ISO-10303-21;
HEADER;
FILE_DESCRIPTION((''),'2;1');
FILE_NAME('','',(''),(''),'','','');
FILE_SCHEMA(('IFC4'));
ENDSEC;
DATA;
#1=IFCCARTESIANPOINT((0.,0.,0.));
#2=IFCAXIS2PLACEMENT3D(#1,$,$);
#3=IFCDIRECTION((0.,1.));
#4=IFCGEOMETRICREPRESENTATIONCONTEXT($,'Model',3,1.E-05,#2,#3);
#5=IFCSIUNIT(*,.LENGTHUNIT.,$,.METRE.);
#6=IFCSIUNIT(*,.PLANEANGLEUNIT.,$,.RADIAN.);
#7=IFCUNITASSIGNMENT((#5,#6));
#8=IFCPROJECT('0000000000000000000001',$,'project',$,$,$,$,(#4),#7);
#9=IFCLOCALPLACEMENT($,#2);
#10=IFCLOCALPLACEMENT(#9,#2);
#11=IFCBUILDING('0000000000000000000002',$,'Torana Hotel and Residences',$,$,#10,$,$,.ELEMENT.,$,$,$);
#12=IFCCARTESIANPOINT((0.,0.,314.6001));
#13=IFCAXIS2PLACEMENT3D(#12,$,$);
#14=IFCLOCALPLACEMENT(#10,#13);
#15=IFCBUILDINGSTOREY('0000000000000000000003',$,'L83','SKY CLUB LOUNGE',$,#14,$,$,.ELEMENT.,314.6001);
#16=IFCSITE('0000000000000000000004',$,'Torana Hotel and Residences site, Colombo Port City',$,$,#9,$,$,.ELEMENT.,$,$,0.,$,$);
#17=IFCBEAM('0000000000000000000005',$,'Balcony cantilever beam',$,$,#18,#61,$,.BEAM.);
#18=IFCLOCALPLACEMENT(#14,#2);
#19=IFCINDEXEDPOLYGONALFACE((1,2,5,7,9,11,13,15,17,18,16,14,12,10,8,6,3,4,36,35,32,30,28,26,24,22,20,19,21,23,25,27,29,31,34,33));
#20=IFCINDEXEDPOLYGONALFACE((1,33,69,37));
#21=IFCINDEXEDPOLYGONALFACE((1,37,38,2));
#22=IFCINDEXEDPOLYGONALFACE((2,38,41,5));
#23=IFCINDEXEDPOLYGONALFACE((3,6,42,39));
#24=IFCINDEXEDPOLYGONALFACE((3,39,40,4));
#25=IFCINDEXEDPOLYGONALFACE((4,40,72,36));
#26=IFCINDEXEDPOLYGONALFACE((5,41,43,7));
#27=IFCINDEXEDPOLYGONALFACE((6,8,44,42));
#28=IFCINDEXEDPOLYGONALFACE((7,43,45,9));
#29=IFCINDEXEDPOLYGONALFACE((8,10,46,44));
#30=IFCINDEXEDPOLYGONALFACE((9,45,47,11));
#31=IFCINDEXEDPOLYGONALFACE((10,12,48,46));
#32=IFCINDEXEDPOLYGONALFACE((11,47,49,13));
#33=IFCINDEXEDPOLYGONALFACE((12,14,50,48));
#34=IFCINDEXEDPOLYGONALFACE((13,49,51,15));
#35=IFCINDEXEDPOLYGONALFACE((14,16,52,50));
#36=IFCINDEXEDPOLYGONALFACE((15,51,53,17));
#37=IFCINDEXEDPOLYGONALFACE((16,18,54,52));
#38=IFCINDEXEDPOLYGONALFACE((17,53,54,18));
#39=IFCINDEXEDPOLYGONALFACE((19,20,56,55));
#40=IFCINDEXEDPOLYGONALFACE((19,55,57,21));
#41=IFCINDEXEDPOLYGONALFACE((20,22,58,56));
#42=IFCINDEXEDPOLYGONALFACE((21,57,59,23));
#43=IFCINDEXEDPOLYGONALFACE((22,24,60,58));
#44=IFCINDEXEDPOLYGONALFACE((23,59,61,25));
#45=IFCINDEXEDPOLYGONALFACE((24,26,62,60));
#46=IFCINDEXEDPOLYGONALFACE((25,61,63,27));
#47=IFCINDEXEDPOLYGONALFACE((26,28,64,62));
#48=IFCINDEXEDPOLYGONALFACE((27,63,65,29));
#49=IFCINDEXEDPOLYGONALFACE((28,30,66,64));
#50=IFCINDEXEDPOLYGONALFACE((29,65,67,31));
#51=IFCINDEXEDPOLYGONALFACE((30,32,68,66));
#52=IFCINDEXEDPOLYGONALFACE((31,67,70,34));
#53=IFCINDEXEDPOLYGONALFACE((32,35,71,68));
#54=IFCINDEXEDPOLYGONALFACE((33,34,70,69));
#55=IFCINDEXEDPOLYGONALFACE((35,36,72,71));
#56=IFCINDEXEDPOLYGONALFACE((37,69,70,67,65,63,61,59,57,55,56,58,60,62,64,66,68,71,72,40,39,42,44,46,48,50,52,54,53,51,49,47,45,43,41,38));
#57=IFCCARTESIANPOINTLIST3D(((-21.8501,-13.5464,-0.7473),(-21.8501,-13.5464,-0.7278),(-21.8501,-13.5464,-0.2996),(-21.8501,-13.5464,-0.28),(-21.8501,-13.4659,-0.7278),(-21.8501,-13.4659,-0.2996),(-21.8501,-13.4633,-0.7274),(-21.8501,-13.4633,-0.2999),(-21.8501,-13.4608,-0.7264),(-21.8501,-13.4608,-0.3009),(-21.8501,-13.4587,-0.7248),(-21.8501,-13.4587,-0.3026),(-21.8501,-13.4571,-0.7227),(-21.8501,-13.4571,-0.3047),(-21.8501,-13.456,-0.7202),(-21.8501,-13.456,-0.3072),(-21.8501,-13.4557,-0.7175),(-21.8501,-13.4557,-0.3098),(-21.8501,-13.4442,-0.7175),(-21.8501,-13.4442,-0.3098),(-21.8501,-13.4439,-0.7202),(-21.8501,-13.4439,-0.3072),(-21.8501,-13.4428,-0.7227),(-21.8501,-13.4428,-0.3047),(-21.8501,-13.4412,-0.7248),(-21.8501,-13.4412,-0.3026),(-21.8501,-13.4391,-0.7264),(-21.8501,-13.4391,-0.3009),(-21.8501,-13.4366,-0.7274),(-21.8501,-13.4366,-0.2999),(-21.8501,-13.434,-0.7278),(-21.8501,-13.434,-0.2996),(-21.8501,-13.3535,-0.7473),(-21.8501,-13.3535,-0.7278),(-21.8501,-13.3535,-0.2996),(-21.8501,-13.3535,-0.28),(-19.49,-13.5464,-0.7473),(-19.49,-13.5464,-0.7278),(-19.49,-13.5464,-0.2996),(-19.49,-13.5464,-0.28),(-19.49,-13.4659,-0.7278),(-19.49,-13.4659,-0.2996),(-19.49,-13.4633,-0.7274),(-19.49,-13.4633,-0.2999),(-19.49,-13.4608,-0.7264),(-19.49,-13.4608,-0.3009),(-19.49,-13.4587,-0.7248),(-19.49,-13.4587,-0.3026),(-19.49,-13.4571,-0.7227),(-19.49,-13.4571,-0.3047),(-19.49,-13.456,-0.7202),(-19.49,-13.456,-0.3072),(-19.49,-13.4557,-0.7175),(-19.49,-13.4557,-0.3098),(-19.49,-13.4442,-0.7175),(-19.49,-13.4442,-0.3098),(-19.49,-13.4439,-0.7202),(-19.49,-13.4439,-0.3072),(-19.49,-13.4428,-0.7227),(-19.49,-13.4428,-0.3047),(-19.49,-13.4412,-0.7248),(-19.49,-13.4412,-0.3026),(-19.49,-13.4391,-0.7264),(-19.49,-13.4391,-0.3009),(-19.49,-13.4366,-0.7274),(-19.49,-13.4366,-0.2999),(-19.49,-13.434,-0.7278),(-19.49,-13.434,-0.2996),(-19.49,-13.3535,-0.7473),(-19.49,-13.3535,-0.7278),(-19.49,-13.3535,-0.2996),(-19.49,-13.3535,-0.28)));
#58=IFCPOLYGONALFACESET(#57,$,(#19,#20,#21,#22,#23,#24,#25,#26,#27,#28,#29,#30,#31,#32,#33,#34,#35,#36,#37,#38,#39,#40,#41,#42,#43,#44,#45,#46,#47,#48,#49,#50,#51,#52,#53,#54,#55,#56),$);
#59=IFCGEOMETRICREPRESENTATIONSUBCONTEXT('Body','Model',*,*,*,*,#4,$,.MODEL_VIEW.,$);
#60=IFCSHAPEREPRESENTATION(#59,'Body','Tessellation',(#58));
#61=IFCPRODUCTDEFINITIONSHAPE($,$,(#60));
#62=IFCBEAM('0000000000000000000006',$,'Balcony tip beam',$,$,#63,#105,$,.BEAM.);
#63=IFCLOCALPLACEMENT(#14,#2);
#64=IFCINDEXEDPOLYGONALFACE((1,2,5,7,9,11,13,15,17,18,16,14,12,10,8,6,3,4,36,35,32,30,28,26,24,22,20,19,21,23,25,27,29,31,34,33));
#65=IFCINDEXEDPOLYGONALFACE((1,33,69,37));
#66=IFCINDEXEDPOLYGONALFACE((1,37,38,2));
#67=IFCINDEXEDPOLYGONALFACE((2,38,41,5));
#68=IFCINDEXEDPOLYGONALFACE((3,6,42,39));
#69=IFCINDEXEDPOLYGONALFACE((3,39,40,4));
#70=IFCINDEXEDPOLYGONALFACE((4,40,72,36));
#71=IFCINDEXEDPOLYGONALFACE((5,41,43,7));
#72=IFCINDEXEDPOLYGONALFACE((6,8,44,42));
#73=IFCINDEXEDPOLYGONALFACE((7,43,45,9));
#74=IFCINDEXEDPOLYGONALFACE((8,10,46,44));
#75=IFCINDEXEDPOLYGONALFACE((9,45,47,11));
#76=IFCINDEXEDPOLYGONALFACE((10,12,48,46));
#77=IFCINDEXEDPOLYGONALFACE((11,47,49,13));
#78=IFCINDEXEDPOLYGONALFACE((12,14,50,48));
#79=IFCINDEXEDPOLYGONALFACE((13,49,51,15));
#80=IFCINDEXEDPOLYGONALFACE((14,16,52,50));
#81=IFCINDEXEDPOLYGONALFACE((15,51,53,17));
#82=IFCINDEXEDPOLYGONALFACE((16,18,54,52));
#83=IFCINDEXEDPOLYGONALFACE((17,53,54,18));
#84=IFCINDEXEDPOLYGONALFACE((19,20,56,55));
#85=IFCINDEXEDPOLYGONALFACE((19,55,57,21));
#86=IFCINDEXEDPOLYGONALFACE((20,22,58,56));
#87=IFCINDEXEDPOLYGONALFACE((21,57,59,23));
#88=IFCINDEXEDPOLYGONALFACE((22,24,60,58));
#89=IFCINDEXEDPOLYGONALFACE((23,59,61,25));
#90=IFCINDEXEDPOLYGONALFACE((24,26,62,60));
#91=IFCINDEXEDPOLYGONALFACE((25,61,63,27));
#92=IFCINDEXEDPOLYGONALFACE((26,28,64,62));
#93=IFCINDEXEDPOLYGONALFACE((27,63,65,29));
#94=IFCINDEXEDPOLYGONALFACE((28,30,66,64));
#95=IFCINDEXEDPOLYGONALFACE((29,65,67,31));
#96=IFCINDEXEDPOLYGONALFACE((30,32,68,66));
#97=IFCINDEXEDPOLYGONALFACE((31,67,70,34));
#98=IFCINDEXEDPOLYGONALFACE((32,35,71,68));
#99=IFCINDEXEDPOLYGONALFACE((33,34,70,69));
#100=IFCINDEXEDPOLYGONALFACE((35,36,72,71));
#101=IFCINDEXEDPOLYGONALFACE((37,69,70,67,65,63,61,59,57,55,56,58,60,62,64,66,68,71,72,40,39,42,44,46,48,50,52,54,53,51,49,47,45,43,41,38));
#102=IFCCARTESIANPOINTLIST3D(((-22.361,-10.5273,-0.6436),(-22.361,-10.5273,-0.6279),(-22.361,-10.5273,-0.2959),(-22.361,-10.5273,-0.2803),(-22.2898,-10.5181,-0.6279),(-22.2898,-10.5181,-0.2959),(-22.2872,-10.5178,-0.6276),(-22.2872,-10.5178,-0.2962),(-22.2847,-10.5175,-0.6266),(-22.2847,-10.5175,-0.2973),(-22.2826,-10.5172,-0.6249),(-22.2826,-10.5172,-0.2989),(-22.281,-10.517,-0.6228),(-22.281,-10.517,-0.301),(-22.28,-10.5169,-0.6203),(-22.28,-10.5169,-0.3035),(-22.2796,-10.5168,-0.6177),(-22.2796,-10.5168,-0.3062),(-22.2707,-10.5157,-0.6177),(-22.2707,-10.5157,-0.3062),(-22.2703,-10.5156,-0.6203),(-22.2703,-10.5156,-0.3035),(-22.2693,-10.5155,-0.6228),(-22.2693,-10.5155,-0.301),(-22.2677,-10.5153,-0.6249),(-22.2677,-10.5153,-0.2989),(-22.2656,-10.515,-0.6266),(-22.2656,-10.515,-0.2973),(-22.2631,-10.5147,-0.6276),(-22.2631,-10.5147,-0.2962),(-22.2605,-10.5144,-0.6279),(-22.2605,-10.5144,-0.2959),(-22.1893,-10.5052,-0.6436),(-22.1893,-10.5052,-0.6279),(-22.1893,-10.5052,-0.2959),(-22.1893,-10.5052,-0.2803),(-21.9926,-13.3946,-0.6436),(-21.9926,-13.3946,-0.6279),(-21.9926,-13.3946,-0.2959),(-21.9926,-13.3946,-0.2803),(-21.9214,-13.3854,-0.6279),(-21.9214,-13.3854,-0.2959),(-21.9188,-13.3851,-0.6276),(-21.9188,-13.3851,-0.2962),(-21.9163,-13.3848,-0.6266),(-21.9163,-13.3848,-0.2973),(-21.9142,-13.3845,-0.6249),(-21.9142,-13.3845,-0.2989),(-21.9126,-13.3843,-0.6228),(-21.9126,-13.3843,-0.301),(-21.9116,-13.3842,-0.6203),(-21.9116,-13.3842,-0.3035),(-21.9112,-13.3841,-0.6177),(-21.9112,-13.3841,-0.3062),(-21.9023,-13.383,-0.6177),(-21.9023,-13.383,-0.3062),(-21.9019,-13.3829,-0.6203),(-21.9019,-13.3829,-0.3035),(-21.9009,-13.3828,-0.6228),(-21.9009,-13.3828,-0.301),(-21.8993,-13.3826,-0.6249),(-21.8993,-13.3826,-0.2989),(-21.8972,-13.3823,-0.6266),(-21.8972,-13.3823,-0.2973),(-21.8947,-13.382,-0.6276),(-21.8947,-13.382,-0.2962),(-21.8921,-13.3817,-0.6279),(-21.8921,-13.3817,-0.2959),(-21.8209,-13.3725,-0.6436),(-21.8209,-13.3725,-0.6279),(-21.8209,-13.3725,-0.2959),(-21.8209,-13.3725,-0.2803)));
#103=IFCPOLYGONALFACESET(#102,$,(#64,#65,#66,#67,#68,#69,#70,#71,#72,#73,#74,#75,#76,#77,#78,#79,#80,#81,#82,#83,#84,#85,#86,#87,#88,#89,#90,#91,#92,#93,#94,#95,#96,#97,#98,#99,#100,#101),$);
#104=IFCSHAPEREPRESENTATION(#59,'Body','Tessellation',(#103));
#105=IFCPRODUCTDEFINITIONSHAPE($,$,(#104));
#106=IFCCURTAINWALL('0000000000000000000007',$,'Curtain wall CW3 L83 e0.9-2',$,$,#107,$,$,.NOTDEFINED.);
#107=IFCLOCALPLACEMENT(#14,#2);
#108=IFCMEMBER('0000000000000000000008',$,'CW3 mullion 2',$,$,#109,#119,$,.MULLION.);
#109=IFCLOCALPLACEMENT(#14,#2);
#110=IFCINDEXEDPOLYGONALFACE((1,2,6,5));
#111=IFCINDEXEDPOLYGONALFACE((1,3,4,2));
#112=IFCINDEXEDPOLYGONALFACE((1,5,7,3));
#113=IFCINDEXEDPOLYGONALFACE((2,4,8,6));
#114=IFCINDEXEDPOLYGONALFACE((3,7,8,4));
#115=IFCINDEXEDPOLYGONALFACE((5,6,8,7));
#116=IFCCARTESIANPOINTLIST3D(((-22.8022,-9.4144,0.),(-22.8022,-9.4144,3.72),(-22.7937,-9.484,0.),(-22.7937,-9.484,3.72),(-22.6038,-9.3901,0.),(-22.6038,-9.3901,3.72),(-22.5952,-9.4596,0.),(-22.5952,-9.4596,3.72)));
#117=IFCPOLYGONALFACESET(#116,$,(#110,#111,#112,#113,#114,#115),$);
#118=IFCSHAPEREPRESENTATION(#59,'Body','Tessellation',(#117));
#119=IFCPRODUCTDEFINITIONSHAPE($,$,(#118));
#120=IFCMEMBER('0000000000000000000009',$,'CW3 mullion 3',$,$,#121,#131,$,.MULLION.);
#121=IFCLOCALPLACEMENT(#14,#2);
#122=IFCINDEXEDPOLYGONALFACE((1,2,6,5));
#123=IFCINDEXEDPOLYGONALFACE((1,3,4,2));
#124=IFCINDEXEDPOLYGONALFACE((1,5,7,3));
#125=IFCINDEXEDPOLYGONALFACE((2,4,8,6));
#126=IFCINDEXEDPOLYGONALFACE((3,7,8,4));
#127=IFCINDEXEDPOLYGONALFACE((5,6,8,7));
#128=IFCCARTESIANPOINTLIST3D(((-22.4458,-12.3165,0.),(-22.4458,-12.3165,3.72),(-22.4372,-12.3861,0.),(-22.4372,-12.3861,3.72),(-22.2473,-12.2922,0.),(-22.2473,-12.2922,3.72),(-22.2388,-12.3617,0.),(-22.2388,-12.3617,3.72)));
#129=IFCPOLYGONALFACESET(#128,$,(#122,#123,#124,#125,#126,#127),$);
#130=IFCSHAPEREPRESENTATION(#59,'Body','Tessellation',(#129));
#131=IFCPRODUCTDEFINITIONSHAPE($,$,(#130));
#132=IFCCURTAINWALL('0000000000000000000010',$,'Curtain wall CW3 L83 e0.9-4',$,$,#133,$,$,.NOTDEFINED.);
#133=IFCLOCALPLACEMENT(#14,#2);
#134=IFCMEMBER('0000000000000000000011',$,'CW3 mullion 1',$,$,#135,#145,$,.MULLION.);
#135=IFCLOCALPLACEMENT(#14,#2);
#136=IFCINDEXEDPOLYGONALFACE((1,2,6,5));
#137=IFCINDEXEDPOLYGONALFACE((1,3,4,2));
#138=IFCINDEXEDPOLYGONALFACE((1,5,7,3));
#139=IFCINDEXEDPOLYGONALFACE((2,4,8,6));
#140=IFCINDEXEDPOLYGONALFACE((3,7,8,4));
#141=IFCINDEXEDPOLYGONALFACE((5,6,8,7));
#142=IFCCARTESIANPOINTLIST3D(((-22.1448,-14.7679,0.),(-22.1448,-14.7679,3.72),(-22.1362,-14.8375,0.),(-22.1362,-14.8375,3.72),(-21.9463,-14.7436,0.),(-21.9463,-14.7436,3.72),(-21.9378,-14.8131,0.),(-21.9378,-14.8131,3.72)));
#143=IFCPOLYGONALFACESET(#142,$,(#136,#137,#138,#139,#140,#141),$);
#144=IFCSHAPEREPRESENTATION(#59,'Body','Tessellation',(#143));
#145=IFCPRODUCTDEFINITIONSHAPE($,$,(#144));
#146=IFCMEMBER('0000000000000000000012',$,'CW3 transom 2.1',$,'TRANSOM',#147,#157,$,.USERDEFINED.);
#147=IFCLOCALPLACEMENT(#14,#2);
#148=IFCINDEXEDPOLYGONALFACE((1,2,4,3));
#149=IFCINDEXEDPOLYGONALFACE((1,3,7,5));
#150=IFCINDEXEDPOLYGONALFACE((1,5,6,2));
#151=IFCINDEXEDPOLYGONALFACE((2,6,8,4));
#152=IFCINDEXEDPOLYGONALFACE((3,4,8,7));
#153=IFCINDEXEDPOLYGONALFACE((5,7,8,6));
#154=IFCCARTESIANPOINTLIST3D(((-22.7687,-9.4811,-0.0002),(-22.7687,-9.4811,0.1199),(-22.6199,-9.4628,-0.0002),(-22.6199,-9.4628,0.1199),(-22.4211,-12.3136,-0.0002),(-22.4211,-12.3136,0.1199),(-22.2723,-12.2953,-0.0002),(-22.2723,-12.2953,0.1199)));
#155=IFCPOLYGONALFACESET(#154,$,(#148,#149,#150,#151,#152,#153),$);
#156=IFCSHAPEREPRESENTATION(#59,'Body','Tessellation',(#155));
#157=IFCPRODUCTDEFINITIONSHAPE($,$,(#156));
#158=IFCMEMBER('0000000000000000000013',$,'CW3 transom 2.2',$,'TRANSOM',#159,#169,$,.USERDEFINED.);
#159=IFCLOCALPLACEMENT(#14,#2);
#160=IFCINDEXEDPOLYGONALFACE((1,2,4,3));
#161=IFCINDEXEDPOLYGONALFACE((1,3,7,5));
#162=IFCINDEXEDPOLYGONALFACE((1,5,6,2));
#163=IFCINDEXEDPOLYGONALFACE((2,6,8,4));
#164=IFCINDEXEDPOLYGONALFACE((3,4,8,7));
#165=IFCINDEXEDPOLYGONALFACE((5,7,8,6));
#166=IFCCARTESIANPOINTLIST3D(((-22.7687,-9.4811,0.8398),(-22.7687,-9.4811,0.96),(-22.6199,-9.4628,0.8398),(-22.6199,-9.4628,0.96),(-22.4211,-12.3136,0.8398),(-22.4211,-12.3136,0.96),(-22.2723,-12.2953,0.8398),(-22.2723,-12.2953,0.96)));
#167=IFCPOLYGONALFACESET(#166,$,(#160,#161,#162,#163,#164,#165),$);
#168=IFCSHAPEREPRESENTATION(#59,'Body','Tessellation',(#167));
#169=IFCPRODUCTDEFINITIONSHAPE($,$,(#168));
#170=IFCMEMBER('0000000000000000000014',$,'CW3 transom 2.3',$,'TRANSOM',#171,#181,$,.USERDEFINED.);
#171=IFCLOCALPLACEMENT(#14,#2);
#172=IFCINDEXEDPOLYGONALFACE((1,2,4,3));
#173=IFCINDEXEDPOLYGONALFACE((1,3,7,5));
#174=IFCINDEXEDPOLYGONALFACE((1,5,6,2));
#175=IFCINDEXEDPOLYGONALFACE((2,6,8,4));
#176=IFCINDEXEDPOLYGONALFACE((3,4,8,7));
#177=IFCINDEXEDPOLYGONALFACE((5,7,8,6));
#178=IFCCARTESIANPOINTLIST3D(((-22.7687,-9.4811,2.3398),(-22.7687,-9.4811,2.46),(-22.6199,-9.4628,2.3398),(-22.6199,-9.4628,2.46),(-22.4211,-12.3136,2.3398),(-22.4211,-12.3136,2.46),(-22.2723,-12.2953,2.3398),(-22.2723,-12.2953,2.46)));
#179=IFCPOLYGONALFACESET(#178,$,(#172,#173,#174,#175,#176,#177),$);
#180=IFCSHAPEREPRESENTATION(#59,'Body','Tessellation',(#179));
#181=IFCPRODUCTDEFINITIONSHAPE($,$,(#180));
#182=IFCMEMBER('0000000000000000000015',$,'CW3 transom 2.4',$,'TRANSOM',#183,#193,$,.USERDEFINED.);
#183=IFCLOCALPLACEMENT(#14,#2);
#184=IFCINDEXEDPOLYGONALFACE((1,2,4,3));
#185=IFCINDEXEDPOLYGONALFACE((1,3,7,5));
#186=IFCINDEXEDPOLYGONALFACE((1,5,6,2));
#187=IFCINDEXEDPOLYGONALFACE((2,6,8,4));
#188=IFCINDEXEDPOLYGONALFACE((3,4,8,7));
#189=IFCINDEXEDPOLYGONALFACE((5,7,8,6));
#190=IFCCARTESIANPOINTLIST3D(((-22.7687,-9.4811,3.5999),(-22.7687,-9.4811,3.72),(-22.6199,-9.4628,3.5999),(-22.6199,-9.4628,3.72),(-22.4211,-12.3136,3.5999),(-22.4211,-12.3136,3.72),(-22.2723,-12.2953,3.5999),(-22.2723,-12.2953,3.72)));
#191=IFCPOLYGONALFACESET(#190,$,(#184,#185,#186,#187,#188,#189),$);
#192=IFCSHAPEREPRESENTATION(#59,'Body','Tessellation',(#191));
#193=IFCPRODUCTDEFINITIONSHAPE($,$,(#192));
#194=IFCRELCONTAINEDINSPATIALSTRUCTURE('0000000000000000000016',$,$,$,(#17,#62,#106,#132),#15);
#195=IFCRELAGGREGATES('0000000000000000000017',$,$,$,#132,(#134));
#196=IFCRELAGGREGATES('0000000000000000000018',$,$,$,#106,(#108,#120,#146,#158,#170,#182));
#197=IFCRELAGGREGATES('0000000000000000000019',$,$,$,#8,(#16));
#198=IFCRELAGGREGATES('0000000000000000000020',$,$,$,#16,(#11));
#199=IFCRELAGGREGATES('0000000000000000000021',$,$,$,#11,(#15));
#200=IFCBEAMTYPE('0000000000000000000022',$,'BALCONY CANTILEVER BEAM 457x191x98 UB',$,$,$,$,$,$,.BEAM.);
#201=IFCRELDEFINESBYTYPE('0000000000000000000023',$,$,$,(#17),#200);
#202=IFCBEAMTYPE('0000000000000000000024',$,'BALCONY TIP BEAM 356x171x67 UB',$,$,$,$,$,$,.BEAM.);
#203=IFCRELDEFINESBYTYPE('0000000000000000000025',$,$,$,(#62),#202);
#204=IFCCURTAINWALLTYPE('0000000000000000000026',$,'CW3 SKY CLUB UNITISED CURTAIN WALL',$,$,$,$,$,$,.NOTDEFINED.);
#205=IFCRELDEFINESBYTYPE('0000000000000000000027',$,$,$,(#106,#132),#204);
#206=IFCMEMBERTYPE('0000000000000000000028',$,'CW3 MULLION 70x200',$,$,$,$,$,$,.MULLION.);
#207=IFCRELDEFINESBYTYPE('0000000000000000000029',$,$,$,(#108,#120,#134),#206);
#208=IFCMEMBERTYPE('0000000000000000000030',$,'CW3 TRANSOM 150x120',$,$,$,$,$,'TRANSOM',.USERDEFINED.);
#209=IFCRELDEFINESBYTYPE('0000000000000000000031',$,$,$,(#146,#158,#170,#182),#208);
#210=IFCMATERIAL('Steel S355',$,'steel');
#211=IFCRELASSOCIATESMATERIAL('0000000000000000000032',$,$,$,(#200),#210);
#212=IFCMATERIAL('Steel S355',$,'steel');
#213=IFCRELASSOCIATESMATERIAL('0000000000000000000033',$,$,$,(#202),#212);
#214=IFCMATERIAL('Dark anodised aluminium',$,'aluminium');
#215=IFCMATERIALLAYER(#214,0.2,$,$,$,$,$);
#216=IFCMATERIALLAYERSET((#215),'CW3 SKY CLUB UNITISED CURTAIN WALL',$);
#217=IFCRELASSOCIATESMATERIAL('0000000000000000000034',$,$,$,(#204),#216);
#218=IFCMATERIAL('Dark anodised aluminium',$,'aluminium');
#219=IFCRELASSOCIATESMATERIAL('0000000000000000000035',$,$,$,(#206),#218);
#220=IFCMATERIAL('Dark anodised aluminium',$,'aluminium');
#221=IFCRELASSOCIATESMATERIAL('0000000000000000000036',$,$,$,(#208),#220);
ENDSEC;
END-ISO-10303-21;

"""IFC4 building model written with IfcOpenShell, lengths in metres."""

from ifc_helpers import new_model, si_unit, direction, frame, origin, origin_2d, place, context, subcontext, project, spatial, rectangle, i_section, extrude, material, layer, layer_set, material_profile, profile_set, type_object, element, aggregate, save


model = new_model("IFC4")

# Units and contexts
model_context = context("Model", 3, precision=1e-05, world=origin(), true_north=direction((0.0, 1.0)))
body_context = subcontext(model_context, "Body", "Model", "MODEL_VIEW")
ifc_project = project(units=[si_unit("LENGTHUNIT", "METRE"), si_unit("PLANEANGLEUNIT", "RADIAN")], contexts=[model_context])

# Site, building, storey
site_placement = place(None, origin())
site = spatial("IfcSite", under=ifc_project, at=site_placement, Name="Torana Hotel and Residences site, Colombo Port City", CompositionType="ELEMENT", RefElevation=0.0)
building_placement = place(site_placement, origin())
building = spatial("IfcBuilding", under=site, at=building_placement, Name="Torana Hotel and Residences", CompositionType="ELEMENT")
storey_placement = place(building_placement, frame((0.0, 0.0, 314.6001)))
storey = spatial("IfcBuildingStorey", under=building, at=storey_placement, Name="L83", Description="SKY CLUB LOUNGE", CompositionType="ELEMENT", Elevation=314.6001)

# Beams
ifc_material_1 = material(Name="Steel S355", Category="steel")
ifc_material_profile_1 = material_profile(ifc_material_1, i_section(OverallWidth=0.1929, OverallDepth=0.4673, WebThickness=0.0115, FlangeThickness=0.0195, FilletRadius=0.0103, at=origin_2d()), Name="457x191x98 UB")
ifc_profile_set_1 = profile_set([ifc_material_profile_1], Name="Steel S355")
beam_type_1 = type_object("IfcBeamType", Name="BALCONY CANTILEVER BEAM 457x191x98 UB", PredefinedType="BEAM", material=ifc_profile_set_1)
beam_1_placement = place(storey_placement, frame((-19.49, -13.45, -0.5137), z_axis=(-1.0, 0.0, 0.0), x_axis=(0.0, -1.0, 0.0)))
element("IfcBeam", 1, at=beam_1_placement, inside=storey, type_object=beam_type_1, Name="Balcony cantilever beam", PredefinedType="BEAM", context=body_context, shape_type="SweptSolid", body=[
    extrude(i_section(OverallWidth=0.1929, OverallDepth=0.4673, WebThickness=0.0115, FlangeThickness=0.0195, FilletRadius=0.0103, at=origin_2d()), origin(), (0.0, 0.0, 1.0), 2.3601),
])
ifc_material_2 = material(Name="Steel S355", Category="steel")
ifc_material_profile_2 = material_profile(ifc_material_2, i_section(OverallWidth=0.1731, OverallDepth=0.3633, WebThickness=0.009, FlangeThickness=0.0156, FilletRadius=0.0103, at=origin_2d()), Name="356x171x67 UB")
ifc_profile_set_2 = profile_set([ifc_material_profile_2], Name="Steel S355")
beam_type_2 = type_object("IfcBeamType", Name="BALCONY TIP BEAM 356x171x67 UB", PredefinedType="BEAM", material=ifc_profile_set_2)
beam_2_placement = place(storey_placement, frame((-21.9067, -13.3835, -0.4619), z_axis=(-0.127443, 0.991846, 0.0), x_axis=(-0.991846, -0.127443, 0.0)))
element("IfcBeam", 2, at=beam_2_placement, inside=storey, type_object=beam_type_2, Name="Balcony tip beam", PredefinedType="BEAM", context=body_context, shape_type="SweptSolid", body=[
    extrude(i_section(OverallWidth=0.1731, OverallDepth=0.3633, WebThickness=0.009, FlangeThickness=0.0156, FilletRadius=0.0103, at=origin_2d()), origin(), (0.0, 0.0, 1.0), 2.8909),
])

# Curtain wall, members
ifc_material_3 = material(Name="Dark anodised aluminium", Category="aluminium")
ifc_layer_1 = layer(ifc_material_3, 0.2)
ifc_layer_set_1 = layer_set([ifc_layer_1], Name="CW3 SKY CLUB UNITISED CURTAIN WALL")
curtain_wall_type = type_object("IfcCurtainWallType", Name="CW3 SKY CLUB UNITISED CURTAIN WALL", PredefinedType="NOTDEFINED", material=ifc_layer_set_1)
curtain_wall_1_placement = place(storey_placement, origin())
curtain_wall_1 = element("IfcCurtainWall", 3, at=curtain_wall_1_placement, inside=storey, type_object=curtain_wall_type, Name="Curtain wall CW3 L83 e0.9-2", PredefinedType="NOTDEFINED")
ifc_material_4 = material(Name="Dark anodised aluminium", Category="aluminium")
ifc_material_profile_3 = material_profile(ifc_material_4, rectangle(XDim=0.2, YDim=0.0701, at=origin_2d()), Name="CW3 MULLION 70x200")
ifc_profile_set_3 = profile_set([ifc_material_profile_3], Name="Dark anodised aluminium")
member_type_1 = type_object("IfcMemberType", Name="CW3 MULLION 70x200", PredefinedType="MULLION", material=ifc_profile_set_3)
member_1_placement = place(storey_placement, frame((-22.6987, -9.437, 0.0), z_axis=(0.0, 0.0, 1.0), x_axis=(0.992545, 0.121876, 0.0)))
member_1 = element("IfcMember", 4, at=member_1_placement, type_object=member_type_1, Name="CW3 mullion 2", PredefinedType="MULLION", context=body_context, shape_type="SweptSolid", body=[
    extrude(rectangle(XDim=0.2, YDim=0.0701, at=origin_2d()), origin(), (0.0, 0.0, 1.0), 3.72),
])
member_2_placement = place(storey_placement, frame((-22.3423, -12.3391, 0.0), z_axis=(0.0, 0.0, 1.0), x_axis=(0.992545, 0.121876, 0.0)))
member_2 = element("IfcMember", 5, at=member_2_placement, type_object=member_type_1, Name="CW3 mullion 3", PredefinedType="MULLION", context=body_context, shape_type="SweptSolid", body=[
    extrude(rectangle(XDim=0.2, YDim=0.0701, at=origin_2d()), origin(), (0.0, 0.0, 1.0), 3.72),
])

# Curtain wall, member
curtain_wall_2_placement = place(storey_placement, origin())
curtain_wall_2 = element("IfcCurtainWall", 6, at=curtain_wall_2_placement, inside=storey, type_object=curtain_wall_type, Name="Curtain wall CW3 L83 e0.9-4", PredefinedType="NOTDEFINED")
member_3_placement = place(storey_placement, frame((-22.0413, -14.7905, 0.0), z_axis=(0.0, 0.0, 1.0), x_axis=(0.992548, 0.121857, 0.0)))
member_3 = element("IfcMember", 7, at=member_3_placement, type_object=member_type_1, Name="CW3 mullion 1", PredefinedType="MULLION", context=body_context, shape_type="SweptSolid", body=[
    extrude(rectangle(XDim=0.2, YDim=0.0701, at=origin_2d()), origin(), (0.0, 0.0, 1.0), 3.72),
])

# Members
ifc_material_5 = material(Name="Dark anodised aluminium", Category="aluminium")
ifc_material_profile_4 = material_profile(ifc_material_5, rectangle(XDim=0.1499, YDim=0.1201, at=origin_2d()), Name="CW3 TRANSOM 150x120")
ifc_profile_set_4 = profile_set([ifc_material_profile_4], Name="Dark anodised aluminium")
member_type_2 = type_object("IfcMemberType", Name="CW3 TRANSOM 150x120", ElementType="TRANSOM", PredefinedType="USERDEFINED", material=ifc_profile_set_4)
member_4_placement = place(storey_placement, frame((-22.6943, -9.4719, 0.0598), z_axis=(0.121823, -0.992552, 0.0), x_axis=(0.992552, 0.121823, 0.0)))
member_4 = element("IfcMember", 8, at=member_4_placement, type_object=member_type_2, Name="CW3 transom 2.1", ObjectType="TRANSOM", PredefinedType="USERDEFINED", context=body_context, shape_type="SweptSolid", body=[
    extrude(rectangle(XDim=0.1499, YDim=0.1201, at=origin_2d()), origin(), (0.0, 0.0, 1.0), 2.8538),
])
member_5_placement = place(storey_placement, frame((-22.6943, -9.4719, 0.8999), z_axis=(0.121823, -0.992552, 0.0), x_axis=(0.992552, 0.121823, 0.0)))
member_5 = element("IfcMember", 9, at=member_5_placement, type_object=member_type_2, Name="CW3 transom 2.2", ObjectType="TRANSOM", PredefinedType="USERDEFINED", context=body_context, shape_type="SweptSolid", body=[
    extrude(rectangle(XDim=0.1499, YDim=0.1201, at=origin_2d()), origin(), (0.0, 0.0, 1.0), 2.8538),
])
member_6_placement = place(storey_placement, frame((-22.6943, -9.4719, 2.3999), z_axis=(0.121823, -0.992552, 0.0), x_axis=(0.992552, 0.121823, 0.0)))
member_6 = element("IfcMember", 10, at=member_6_placement, type_object=member_type_2, Name="CW3 transom 2.3", ObjectType="TRANSOM", PredefinedType="USERDEFINED", context=body_context, shape_type="SweptSolid", body=[
    extrude(rectangle(XDim=0.1499, YDim=0.1201, at=origin_2d()), origin(), (0.0, 0.0, 1.0), 2.8538),
])
member_7_placement = place(storey_placement, frame((-22.6943, -9.4719, 3.6599), z_axis=(0.121823, -0.992552, 0.0), x_axis=(0.992552, 0.121823, 0.0)))
member_7 = element("IfcMember", 11, at=member_7_placement, type_object=member_type_2, Name="CW3 transom 2.4", ObjectType="TRANSOM", PredefinedType="USERDEFINED", context=body_context, shape_type="SweptSolid", body=[
    extrude(rectangle(XDim=0.1499, YDim=0.1201, at=origin_2d()), origin(), (0.0, 0.0, 1.0), 2.8538),
])
aggregate(curtain_wall_2, [member_3])

aggregate(curtain_wall_1, [member_1, member_2, member_4, member_5, member_6, member_7])

save(model, "model.ifc")
